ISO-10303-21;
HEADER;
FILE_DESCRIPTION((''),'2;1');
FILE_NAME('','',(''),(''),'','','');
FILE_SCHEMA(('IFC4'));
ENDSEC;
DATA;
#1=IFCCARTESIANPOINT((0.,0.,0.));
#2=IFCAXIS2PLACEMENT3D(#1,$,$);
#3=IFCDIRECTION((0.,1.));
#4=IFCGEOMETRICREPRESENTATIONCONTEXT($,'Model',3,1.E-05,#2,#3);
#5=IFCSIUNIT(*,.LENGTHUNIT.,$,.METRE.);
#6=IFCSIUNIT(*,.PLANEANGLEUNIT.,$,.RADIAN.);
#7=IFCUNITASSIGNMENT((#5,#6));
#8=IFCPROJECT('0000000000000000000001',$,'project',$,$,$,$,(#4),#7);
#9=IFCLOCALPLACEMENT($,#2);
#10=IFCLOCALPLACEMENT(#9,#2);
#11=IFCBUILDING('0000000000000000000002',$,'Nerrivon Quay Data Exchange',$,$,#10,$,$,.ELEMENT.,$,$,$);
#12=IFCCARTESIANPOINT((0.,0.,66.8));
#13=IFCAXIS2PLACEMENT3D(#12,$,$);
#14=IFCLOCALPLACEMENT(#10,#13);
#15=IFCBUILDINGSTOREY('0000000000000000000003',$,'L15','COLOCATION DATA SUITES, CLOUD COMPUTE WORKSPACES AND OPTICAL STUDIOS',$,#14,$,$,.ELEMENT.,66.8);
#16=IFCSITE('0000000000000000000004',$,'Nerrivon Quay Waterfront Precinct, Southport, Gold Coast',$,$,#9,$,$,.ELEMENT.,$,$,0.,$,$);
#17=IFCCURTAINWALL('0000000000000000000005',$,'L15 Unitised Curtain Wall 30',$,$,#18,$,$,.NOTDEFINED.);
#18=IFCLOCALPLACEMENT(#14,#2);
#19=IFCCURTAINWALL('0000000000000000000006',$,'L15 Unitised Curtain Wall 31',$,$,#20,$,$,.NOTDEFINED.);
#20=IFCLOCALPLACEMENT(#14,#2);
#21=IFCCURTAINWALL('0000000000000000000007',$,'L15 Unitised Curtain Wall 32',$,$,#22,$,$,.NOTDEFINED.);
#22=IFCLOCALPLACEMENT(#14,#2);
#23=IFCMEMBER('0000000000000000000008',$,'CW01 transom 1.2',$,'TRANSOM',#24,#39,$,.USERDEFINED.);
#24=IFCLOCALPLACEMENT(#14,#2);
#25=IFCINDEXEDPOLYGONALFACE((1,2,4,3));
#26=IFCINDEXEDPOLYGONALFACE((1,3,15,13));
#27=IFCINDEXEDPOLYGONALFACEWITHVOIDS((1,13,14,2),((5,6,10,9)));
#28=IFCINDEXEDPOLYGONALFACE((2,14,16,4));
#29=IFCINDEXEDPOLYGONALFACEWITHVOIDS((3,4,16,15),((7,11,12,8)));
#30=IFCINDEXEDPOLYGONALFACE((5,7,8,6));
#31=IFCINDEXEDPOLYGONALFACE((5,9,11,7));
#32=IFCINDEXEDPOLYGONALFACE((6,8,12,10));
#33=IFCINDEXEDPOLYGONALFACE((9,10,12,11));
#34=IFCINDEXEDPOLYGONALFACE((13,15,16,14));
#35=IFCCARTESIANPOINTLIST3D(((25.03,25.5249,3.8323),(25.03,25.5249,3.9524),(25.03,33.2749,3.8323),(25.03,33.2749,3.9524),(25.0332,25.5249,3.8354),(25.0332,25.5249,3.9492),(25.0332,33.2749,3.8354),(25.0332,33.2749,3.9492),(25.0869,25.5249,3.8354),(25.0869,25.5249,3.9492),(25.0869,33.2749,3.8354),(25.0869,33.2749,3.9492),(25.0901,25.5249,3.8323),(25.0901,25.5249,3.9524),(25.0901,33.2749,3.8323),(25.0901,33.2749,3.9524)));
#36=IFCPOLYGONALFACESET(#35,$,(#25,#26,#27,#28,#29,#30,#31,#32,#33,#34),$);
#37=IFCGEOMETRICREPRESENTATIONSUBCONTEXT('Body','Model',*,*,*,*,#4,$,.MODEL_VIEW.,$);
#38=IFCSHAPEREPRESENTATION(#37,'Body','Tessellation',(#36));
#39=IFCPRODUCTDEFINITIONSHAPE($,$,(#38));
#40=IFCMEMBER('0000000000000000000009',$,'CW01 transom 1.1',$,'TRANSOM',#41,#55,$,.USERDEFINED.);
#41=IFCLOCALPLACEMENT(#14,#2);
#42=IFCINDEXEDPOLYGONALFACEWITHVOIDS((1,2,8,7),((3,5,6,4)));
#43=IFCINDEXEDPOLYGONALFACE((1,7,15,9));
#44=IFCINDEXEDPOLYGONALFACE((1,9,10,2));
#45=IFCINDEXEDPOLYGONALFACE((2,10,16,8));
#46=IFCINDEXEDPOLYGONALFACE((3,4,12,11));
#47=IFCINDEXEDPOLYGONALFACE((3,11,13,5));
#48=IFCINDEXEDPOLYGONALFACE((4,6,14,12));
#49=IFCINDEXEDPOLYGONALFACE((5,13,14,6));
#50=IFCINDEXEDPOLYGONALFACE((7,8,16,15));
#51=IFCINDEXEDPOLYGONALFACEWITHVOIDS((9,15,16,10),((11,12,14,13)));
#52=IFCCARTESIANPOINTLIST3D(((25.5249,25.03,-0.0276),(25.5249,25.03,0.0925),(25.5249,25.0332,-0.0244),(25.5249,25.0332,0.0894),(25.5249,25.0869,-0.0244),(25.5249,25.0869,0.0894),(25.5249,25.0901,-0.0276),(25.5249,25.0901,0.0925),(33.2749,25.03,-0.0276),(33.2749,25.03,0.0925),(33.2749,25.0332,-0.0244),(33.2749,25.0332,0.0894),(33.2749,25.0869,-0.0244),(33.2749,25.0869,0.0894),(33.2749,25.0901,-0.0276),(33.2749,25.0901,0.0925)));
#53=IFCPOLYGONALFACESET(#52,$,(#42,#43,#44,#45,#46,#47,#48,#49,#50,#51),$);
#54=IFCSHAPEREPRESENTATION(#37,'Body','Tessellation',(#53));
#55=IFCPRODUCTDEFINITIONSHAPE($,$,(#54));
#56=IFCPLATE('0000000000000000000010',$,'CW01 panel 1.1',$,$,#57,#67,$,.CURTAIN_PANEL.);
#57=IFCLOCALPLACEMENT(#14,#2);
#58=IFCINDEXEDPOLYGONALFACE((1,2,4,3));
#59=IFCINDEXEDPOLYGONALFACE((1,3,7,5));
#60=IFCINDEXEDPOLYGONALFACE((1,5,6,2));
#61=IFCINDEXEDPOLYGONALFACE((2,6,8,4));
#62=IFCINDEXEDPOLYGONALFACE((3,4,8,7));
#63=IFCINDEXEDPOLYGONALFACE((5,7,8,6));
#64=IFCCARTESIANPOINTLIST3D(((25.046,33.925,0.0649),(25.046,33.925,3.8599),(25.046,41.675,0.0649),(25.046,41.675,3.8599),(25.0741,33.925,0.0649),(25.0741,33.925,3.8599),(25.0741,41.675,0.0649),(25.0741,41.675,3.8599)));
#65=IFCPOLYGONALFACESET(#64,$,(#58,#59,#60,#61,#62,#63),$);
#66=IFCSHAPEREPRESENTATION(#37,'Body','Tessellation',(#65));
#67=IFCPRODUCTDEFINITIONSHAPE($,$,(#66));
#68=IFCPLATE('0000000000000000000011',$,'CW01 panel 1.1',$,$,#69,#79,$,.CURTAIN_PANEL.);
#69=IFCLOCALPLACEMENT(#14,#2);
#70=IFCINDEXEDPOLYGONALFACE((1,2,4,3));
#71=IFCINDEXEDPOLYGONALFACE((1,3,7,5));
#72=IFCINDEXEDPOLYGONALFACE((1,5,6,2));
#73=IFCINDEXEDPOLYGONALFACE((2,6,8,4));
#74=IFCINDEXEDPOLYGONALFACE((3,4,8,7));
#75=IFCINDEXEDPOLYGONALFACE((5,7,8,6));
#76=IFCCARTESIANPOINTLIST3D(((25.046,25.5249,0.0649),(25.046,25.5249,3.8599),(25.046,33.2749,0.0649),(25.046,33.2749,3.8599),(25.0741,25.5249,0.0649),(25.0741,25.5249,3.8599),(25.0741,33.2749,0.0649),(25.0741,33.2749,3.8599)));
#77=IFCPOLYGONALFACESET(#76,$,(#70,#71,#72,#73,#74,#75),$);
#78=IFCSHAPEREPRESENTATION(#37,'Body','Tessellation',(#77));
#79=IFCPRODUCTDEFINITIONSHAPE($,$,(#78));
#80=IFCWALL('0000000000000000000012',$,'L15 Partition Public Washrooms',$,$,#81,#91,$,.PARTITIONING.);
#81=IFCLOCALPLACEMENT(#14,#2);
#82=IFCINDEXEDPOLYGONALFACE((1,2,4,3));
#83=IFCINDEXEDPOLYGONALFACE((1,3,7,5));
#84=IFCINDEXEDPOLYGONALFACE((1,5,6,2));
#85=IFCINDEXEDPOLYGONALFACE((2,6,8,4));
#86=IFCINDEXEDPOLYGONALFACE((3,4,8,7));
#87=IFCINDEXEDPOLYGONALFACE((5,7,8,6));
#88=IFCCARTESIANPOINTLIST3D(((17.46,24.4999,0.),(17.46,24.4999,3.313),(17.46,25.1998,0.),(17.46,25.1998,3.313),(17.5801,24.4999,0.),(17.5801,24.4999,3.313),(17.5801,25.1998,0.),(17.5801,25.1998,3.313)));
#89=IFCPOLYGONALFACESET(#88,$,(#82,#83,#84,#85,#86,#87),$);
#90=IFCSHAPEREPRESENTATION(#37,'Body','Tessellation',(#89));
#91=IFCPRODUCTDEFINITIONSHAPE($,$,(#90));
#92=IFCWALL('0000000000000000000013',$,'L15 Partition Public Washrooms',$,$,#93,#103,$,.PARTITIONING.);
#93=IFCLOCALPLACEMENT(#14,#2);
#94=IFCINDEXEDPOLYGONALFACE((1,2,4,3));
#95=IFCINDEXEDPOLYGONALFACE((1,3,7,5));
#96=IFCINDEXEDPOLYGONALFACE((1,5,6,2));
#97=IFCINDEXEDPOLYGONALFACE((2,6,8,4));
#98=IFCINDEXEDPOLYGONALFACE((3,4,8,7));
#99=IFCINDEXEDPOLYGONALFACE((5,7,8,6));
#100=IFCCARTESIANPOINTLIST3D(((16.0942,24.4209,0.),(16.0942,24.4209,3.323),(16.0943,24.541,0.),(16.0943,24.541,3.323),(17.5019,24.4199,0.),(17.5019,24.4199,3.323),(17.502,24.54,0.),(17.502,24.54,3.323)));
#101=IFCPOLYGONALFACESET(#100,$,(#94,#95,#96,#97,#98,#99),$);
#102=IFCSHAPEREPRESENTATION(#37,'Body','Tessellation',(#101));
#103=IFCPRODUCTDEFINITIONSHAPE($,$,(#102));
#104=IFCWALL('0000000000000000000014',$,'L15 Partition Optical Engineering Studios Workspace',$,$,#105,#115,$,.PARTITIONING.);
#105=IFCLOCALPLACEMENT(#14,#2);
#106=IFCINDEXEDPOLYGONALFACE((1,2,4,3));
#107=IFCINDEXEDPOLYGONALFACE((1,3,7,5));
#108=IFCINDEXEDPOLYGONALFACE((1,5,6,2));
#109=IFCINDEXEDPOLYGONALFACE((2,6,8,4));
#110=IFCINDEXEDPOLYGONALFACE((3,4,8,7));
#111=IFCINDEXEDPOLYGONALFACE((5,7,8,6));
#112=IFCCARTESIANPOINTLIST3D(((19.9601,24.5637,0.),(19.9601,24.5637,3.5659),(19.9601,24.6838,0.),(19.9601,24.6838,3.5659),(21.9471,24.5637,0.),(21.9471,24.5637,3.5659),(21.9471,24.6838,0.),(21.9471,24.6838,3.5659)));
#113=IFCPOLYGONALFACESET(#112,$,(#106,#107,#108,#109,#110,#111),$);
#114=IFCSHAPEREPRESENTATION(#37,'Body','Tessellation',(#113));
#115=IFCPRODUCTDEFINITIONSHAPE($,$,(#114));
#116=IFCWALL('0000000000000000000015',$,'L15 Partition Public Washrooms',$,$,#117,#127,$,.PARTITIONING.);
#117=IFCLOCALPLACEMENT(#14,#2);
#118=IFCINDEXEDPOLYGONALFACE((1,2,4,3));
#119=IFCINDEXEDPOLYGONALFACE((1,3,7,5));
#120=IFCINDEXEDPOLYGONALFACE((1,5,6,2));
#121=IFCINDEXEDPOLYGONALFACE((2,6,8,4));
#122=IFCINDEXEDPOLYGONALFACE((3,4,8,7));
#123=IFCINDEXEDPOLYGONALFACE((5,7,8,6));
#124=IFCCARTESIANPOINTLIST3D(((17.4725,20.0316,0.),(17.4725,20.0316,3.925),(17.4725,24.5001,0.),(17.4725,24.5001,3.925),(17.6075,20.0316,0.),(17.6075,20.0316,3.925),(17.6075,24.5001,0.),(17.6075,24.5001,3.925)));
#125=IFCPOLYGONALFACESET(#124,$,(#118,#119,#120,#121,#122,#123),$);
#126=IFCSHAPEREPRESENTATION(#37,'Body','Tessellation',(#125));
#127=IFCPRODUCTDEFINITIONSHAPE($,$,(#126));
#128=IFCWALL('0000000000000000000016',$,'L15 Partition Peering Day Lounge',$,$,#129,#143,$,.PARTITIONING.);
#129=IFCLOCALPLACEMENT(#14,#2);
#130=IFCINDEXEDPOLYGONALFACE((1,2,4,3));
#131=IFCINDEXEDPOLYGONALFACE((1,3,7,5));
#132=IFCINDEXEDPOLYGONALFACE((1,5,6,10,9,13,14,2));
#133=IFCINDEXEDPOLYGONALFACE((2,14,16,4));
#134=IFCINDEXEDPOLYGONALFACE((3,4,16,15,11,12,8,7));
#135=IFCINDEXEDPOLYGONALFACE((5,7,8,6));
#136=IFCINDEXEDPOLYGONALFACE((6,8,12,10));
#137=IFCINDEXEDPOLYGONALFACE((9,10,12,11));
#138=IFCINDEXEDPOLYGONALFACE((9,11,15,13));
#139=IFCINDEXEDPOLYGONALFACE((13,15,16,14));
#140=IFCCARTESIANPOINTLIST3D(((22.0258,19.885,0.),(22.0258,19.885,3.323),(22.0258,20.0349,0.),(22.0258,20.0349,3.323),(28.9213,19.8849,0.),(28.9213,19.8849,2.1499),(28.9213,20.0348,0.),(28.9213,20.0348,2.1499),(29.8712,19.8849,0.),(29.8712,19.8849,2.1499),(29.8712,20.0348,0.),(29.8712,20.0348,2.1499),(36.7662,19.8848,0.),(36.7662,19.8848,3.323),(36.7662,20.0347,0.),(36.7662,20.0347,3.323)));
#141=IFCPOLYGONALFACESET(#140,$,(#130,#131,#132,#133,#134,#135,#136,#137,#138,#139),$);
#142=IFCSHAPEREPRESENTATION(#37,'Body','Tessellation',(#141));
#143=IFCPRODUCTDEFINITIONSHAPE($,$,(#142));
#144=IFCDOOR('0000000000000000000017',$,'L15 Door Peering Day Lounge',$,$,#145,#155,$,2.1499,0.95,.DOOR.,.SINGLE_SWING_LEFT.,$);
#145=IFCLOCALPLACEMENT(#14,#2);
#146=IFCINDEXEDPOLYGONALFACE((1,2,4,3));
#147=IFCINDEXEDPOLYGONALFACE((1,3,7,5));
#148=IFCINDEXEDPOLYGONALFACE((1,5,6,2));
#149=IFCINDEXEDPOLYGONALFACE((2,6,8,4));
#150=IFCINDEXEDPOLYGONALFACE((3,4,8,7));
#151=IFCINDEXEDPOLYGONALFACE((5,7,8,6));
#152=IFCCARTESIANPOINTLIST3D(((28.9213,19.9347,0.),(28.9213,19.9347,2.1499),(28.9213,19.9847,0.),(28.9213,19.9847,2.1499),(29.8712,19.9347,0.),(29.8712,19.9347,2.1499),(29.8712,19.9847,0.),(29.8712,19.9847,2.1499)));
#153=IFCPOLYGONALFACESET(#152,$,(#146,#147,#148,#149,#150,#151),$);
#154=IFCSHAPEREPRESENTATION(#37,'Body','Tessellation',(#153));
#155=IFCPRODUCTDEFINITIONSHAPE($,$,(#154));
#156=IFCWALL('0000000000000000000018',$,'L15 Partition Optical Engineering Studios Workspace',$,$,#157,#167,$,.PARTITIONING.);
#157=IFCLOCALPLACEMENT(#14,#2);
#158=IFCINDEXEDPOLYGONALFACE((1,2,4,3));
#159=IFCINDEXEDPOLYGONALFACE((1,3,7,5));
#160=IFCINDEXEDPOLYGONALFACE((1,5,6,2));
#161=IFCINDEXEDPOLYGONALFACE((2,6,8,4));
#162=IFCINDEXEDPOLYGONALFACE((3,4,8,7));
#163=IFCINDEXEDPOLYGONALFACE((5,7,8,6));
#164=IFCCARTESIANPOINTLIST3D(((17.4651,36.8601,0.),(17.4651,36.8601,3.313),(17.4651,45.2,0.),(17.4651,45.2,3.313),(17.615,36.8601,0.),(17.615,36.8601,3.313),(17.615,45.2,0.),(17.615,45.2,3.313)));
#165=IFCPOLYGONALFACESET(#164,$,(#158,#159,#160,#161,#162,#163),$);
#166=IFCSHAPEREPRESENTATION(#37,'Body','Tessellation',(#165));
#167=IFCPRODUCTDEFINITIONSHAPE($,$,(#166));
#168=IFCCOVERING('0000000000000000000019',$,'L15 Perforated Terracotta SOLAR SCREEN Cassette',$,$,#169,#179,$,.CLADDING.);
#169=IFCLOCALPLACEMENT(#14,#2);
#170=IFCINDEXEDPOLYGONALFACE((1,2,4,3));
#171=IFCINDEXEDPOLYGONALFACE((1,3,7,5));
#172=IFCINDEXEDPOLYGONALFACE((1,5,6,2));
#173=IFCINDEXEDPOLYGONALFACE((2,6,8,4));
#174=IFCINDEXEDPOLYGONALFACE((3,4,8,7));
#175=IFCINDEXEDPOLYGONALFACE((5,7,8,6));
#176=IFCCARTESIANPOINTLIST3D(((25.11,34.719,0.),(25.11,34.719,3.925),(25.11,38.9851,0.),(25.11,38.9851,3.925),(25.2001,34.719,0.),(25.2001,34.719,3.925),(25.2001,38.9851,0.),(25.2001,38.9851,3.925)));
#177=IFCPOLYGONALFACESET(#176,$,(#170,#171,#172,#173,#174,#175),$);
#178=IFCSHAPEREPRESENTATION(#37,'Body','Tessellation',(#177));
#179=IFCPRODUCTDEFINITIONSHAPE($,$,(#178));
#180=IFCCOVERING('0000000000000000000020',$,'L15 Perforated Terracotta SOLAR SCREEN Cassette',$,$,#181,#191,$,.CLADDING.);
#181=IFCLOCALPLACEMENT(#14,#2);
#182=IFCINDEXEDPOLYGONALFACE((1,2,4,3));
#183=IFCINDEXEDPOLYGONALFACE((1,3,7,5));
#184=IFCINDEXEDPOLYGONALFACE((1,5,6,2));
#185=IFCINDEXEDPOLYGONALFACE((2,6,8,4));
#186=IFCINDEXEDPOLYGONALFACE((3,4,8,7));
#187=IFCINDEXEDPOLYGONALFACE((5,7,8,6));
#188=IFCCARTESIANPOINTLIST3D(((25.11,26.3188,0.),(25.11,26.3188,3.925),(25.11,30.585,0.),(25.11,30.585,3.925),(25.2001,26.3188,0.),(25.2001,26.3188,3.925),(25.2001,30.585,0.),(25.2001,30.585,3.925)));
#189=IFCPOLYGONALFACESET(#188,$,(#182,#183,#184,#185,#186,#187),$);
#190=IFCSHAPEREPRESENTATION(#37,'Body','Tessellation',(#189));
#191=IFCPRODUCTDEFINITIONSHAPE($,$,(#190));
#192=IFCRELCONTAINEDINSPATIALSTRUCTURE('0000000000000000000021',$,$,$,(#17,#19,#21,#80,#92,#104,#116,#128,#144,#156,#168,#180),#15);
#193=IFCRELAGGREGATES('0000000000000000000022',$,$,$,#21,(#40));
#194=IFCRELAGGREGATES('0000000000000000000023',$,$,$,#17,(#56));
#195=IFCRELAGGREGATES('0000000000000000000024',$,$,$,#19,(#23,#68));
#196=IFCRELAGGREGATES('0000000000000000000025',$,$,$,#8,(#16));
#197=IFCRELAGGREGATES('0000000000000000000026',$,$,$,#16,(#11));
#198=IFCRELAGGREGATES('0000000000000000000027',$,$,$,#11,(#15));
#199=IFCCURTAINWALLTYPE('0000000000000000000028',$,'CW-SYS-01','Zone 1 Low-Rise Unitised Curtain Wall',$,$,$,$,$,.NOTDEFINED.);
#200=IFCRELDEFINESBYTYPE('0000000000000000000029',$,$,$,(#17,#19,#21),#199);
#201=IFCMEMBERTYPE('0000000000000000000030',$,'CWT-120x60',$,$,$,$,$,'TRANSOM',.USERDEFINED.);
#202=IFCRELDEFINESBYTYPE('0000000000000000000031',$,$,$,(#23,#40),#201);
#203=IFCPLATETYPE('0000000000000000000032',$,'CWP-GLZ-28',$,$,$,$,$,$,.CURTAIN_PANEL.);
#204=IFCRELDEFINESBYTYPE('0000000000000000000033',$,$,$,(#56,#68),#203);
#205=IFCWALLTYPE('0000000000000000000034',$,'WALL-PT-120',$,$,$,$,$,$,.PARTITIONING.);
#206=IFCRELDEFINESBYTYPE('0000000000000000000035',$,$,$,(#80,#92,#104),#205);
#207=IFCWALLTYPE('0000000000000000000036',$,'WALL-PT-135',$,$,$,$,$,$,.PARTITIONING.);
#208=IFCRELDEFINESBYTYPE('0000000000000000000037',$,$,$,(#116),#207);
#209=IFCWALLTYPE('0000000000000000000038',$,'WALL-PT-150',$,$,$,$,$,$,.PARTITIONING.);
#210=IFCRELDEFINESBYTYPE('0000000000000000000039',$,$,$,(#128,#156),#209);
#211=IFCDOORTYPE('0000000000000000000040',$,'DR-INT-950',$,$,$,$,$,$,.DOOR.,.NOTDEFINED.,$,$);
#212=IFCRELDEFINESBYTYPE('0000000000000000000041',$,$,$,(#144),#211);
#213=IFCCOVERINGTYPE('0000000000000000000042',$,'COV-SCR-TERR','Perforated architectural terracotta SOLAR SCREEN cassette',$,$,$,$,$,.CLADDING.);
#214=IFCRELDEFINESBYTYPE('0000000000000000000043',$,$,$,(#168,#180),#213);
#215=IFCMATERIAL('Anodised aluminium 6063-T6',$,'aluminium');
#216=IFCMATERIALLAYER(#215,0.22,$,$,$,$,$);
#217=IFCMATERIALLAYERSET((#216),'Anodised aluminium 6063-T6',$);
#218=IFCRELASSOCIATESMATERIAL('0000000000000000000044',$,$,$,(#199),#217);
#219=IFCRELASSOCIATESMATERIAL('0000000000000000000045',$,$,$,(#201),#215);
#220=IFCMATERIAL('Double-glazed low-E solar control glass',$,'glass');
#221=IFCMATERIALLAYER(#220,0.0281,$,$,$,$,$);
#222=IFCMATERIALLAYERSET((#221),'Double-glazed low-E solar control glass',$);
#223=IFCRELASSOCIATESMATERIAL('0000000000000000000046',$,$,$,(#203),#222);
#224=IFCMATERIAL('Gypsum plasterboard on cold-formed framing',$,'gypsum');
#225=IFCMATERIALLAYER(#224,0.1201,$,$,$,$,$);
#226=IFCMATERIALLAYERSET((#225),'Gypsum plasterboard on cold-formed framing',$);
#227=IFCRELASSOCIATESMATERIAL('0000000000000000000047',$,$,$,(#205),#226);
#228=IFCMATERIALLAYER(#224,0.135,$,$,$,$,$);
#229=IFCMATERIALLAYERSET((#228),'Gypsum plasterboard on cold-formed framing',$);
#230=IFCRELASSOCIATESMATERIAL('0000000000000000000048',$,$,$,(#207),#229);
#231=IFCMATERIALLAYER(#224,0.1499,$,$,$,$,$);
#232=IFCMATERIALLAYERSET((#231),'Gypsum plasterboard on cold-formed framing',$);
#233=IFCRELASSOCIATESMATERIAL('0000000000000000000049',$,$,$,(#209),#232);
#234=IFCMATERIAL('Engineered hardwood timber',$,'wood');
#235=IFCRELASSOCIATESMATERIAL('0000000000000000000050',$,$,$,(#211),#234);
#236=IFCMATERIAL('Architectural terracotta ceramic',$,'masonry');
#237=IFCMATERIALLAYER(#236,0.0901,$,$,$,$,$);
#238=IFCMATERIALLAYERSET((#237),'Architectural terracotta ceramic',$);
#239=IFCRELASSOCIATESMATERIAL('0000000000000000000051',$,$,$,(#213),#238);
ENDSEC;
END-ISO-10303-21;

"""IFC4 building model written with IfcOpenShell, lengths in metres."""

from ifc_helpers import new_model, si_unit, direction, frame, frame_2d, origin, origin_2d, place, context, subcontext, project, spatial, rectangle, hollow_rectangle, extrude, material, layer, layer_set, material_profile, profile_set, type_object, element, fill, aggregate, save


model = new_model("IFC4")

# Units and contexts
model_context = context("Model", 3, precision=1e-05, world=origin(), true_north=direction((0.0, 1.0)))
body_context = subcontext(model_context, "Body", "Model", "MODEL_VIEW")
ifc_project = project(units=[si_unit("LENGTHUNIT", "METRE"), si_unit("PLANEANGLEUNIT", "RADIAN")], contexts=[model_context])

# Site, building, storey
site_placement = place(None, origin())
site = spatial("IfcSite", under=ifc_project, at=site_placement, Name="Nerrivon Quay Waterfront Precinct, Southport, Gold Coast", CompositionType="ELEMENT", RefElevation=0.0)
building_placement = place(site_placement, origin())
building = spatial("IfcBuilding", under=site, at=building_placement, Name="Nerrivon Quay Data Exchange", CompositionType="ELEMENT")
storey_placement = place(building_placement, frame((0.0, 0.0, 66.8)))
storey = spatial("IfcBuildingStorey", under=building, at=storey_placement, Name="L15", Description="COLOCATION DATA SUITES, CLOUD COMPUTE WORKSPACES AND OPTICAL STUDIOS", CompositionType="ELEMENT", Elevation=66.8)

# Curtain wall
ifc_material_1 = material(Name="Anodised aluminium 6063-T6", Category="aluminium")
ifc_layer_1 = layer(ifc_material_1, 0.22)
ifc_layer_set_1 = layer_set([ifc_layer_1], Name="Anodised aluminium 6063-T6")
curtain_wall_type = type_object("IfcCurtainWallType", Name="CW-SYS-01", Description="Zone 1 Low-Rise Unitised Curtain Wall", PredefinedType="NOTDEFINED", material=ifc_layer_set_1)
curtain_wall_1_placement = place(storey_placement, origin())
curtain_wall_1 = element("IfcCurtainWall", 1, at=curtain_wall_1_placement, inside=storey, type_object=curtain_wall_type, Name="L15 Unitised Curtain Wall 30", PredefinedType="NOTDEFINED")

# Curtain wall
curtain_wall_2_placement = place(storey_placement, origin())
curtain_wall_2 = element("IfcCurtainWall", 2, at=curtain_wall_2_placement, inside=storey, type_object=curtain_wall_type, Name="L15 Unitised Curtain Wall 31", PredefinedType="NOTDEFINED")

# Curtain wall
curtain_wall_3_placement = place(storey_placement, origin())
curtain_wall_3 = element("IfcCurtainWall", 3, at=curtain_wall_3_placement, inside=storey, type_object=curtain_wall_type, Name="L15 Unitised Curtain Wall 32", PredefinedType="NOTDEFINED")

# Members
ifc_material_profile_1 = material_profile(ifc_material_1, hollow_rectangle(XDim=0.0601, YDim=0.1201, WallThickness=0.0032, at=origin_2d()), Name="ALU-TRAN-120x60")
ifc_profile_set_1 = profile_set([ifc_material_profile_1], Name="Anodised aluminium 6063-T6")
member_type_1 = type_object("IfcMemberType", Name="CWT-120x60", ElementType="TRANSOM", PredefinedType="USERDEFINED", material=ifc_profile_set_1)
member_1_placement = place(storey_placement, frame((25.0601, 33.2749, 3.8923), z_axis=(0.0, -1.0, 0.0), x_axis=(1.0, 0.0, 0.0)))
member_1 = element("IfcMember", 4, at=member_1_placement, type_object=member_type_1, Name="CW01 transom 1.2", ObjectType="TRANSOM", PredefinedType="USERDEFINED", context=body_context, shape_type="SweptSolid", body=[
    extrude(hollow_rectangle(XDim=0.0601, YDim=0.1201, WallThickness=0.0032, at=origin_2d()), origin(), (0.0, 0.0, 1.0), 7.75),
])
member_2_placement = place(storey_placement, frame((25.5249, 25.0601, 0.0325), z_axis=(1.0, 0.0, 0.0), x_axis=(0.0, 1.0, 0.0)))
member_2 = element("IfcMember", 5, at=member_2_placement, type_object=member_type_1, Name="CW01 transom 1.1", ObjectType="TRANSOM", PredefinedType="USERDEFINED", context=body_context, shape_type="SweptSolid", body=[
    extrude(hollow_rectangle(XDim=0.0601, YDim=0.1201, WallThickness=0.0032, at=origin_2d()), origin(), (0.0, 0.0, 1.0), 7.75),
])
aggregate(curtain_wall_3, [member_2])

# Plates
ifc_material_2 = material(Name="Double-glazed low-E solar control glass", Category="glass")
ifc_layer_2 = layer(ifc_material_2, 0.0281)
ifc_layer_set_2 = layer_set([ifc_layer_2], Name="Double-glazed low-E solar control glass")
plate_type = type_object("IfcPlateType", Name="CWP-GLZ-28", PredefinedType="CURTAIN_PANEL", material=ifc_layer_set_2)
plate_1_placement = place(storey_placement, frame((25.0601, 37.8, 0.0649), z_axis=(0.0, 0.0, 1.0), x_axis=(0.0, -1.0, 0.0)))
plate_1 = element("IfcPlate", 6, at=plate_1_placement, type_object=plate_type, Name="CW01 panel 1.1", PredefinedType="CURTAIN_PANEL", context=body_context, shape_type="SweptSolid", body=[
    extrude(rectangle(XDim=7.75, YDim=0.0281, at=origin_2d()), origin(), (0.0, 0.0, 1.0), 3.7949),
])
aggregate(curtain_wall_1, [plate_1])
plate_2_placement = place(storey_placement, frame((25.0601, 29.3999, 0.0649), z_axis=(0.0, 0.0, 1.0), x_axis=(0.0, -1.0, 0.0)))
plate_2 = element("IfcPlate", 7, at=plate_2_placement, type_object=plate_type, Name="CW01 panel 1.1", PredefinedType="CURTAIN_PANEL", context=body_context, shape_type="SweptSolid", body=[
    extrude(rectangle(XDim=7.75, YDim=0.0281, at=origin_2d()), origin(), (0.0, 0.0, 1.0), 3.7949),
])
aggregate(curtain_wall_2, [member_1, plate_2])

# Walls
ifc_material_3 = material(Name="Gypsum plasterboard on cold-formed framing", Category="gypsum")
ifc_layer_3 = layer(ifc_material_3, 0.1201)
ifc_layer_set_3 = layer_set([ifc_layer_3], Name="Gypsum plasterboard on cold-formed framing")
wall_type_1 = type_object("IfcWallType", Name="WALL-PT-120", PredefinedType="PARTITIONING", material=ifc_layer_set_3)
wall_1_placement = place(storey_placement, frame((17.52, 25.2, 0.0), z_axis=(0.0, 0.0, 1.0), x_axis=(0.0, -1.0, 0.0)))
element("IfcWall", 8, at=wall_1_placement, inside=storey, type_object=wall_type_1, Name="L15 Partition Public Washrooms", PredefinedType="PARTITIONING", context=body_context, shape_type="SweptSolid", body=[
    extrude(rectangle(XDim=0.7, YDim=0.1201, at=frame_2d((0.3501, 0.0))), origin(), (0.0, 0.0, 1.0), 3.313),
])
wall_2_placement = place(storey_placement, frame((17.502, 24.48, 0.0), z_axis=(0.0, 0.0, 1.0), x_axis=(-1.0, 0.000694, 0.0)))
element("IfcWall", 9, at=wall_2_placement, inside=storey, type_object=wall_type_1, Name="L15 Partition Public Washrooms", PredefinedType="PARTITIONING", context=body_context, shape_type="SweptSolid", body=[
    extrude(rectangle(XDim=1.4077, YDim=0.1201, at=frame_2d((0.7039, 0.0))), origin(), (0.0, 0.0, 1.0), 3.323),
])
wall_3_placement = place(storey_placement, frame((19.96, 24.6238, 0.0), z_axis=(0.0, 0.0, 1.0), x_axis=(1.0, 0.0, 0.0)))
element("IfcWall", 10, at=wall_3_placement, inside=storey, type_object=wall_type_1, Name="L15 Partition Optical Engineering Studios Workspace", PredefinedType="PARTITIONING", context=body_context, shape_type="SweptSolid", body=[
    extrude(rectangle(XDim=1.9871, YDim=0.1201, at=frame_2d((0.9937, 0.0))), origin(), (0.0, 0.0, 1.0), 3.5659),
])
ifc_layer_4 = layer(ifc_material_3, 0.135)
ifc_layer_set_4 = layer_set([ifc_layer_4], Name="Gypsum plasterboard on cold-formed framing")
wall_type_2 = type_object("IfcWallType", Name="WALL-PT-135", PredefinedType="PARTITIONING", material=ifc_layer_set_4)
wall_4_placement = place(storey_placement, frame((17.54, 20.0315, 0.0), z_axis=(0.0, 0.0, 1.0), x_axis=(0.0, 1.0, 0.0)))
element("IfcWall", 11, at=wall_4_placement, inside=storey, type_object=wall_type_2, Name="L15 Partition Public Washrooms", PredefinedType="PARTITIONING", context=body_context, shape_type="SweptSolid", body=[
    extrude(rectangle(XDim=4.4685, YDim=0.135, at=frame_2d((2.2344, 0.0))), origin(), (0.0, 0.0, 1.0), 3.925),
])

# Wall, opening, door
ifc_layer_5 = layer(ifc_material_3, 0.1499)
ifc_layer_set_5 = layer_set([ifc_layer_5], Name="Gypsum plasterboard on cold-formed framing")
wall_type_3 = type_object("IfcWallType", Name="WALL-PT-150", PredefinedType="PARTITIONING", material=ifc_layer_set_5)
wall_5_placement = place(storey_placement, frame((22.0259, 19.96, 0.0), z_axis=(0.0, 0.0, 1.0), x_axis=(1.0, -0.000017, 0.0)))
wall_5 = element("IfcWall", 12, at=wall_5_placement, inside=storey, type_object=wall_type_3, Name="L15 Partition Peering Day Lounge", PredefinedType="PARTITIONING", context=body_context, shape_type="SweptSolid", body=[
    extrude(rectangle(XDim=14.7405, YDim=0.1499, at=frame_2d((7.3701, 0.0))), origin(), (0.0, 0.0, 1.0), 3.323),
])
opening_placement = place(wall_5_placement, frame((6.8953, 0.0, 0.0)))
opening = element("IfcOpeningElement", 13, at=opening_placement, cuts=wall_5, PredefinedType="OPENING", context=body_context, shape_type="SweptSolid", body=[
    extrude(rectangle(XDim=0.95, YDim=2.1499, at=frame_2d((0.4751, 1.075))), frame((0.0, 0.085, 0.0), z_axis=(0.0, -1.0, 0.0), x_axis=(1.0, 0.0, 0.0)), (0.0, 0.0, 1.0), 0.1699),
])
ifc_material_4 = material(Name="Engineered hardwood timber", Category="wood")
door_type = type_object("IfcDoorType", Name="DR-INT-950", OperationType="NOTDEFINED", PredefinedType="DOOR", material=ifc_material_4)
door_placement = place(opening_placement, origin())
door = element("IfcDoor", 14, at=door_placement, inside=storey, type_object=door_type, Name="L15 Door Peering Day Lounge", OperationType="SINGLE_SWING_LEFT", OverallHeight=2.1499, OverallWidth=0.95, PredefinedType="DOOR", context=body_context, shape_type="SweptSolid", body=[
    extrude(rectangle(XDim=0.95, YDim=2.1499, at=frame_2d((0.4751, 1.075))), frame((0.0, 0.0249, 0.0), z_axis=(0.0, -1.0, 0.0), x_axis=(1.0, 0.0, 0.0)), (0.0, 0.0, 1.0), 0.05),
])
fill(opening, door)

# Wall
wall_6_placement = place(storey_placement, frame((17.54, 36.8601, 0.0), z_axis=(0.0, 0.0, 1.0), x_axis=(0.0, 1.0, 0.0)))
element("IfcWall", 15, at=wall_6_placement, inside=storey, type_object=wall_type_3, Name="L15 Partition Optical Engineering Studios Workspace", PredefinedType="PARTITIONING", context=body_context, shape_type="SweptSolid", body=[
    extrude(rectangle(XDim=8.3398, YDim=0.1499, at=frame_2d((4.1699, 0.0))), origin(), (0.0, 0.0, 1.0), 3.313),
])

# Coverings
ifc_material_5 = material(Name="Architectural terracotta ceramic", Category="masonry")
ifc_layer_6 = layer(ifc_material_5, 0.0901)
ifc_layer_set_6 = layer_set([ifc_layer_6], Name="Architectural terracotta ceramic")
covering_type = type_object("IfcCoveringType", Name="COV-SCR-TERR", Description="Perforated architectural terracotta SOLAR SCREEN cassette", PredefinedType="CLADDING", material=ifc_layer_set_6)
for number, where, z_axis, x_axis, name in (
    (16, (25.155, 36.8521, 0.0), (0.0, 0.0, 1.0), (0.0, -1.0, 0.0), "L15 Perforated Terracotta SOLAR SCREEN Cassette"),
    (17, (25.155, 28.4519, 0.0), (0.0, 0.0, 1.0), (0.0, -1.0, 0.0), "L15 Perforated Terracotta SOLAR SCREEN Cassette"),
):
    element("IfcCovering", number, at=place(storey_placement, frame(where, z_axis=z_axis, x_axis=x_axis)), inside=storey, type_object=covering_type, Name=name, PredefinedType="CLADDING", context=body_context, shape_type="SweptSolid", body=[
        extrude(rectangle(XDim=4.2661, YDim=0.0901, at=origin_2d()), origin(), (0.0, 0.0, 1.0), 3.925),
    ])

save(model, "model.ifc")
